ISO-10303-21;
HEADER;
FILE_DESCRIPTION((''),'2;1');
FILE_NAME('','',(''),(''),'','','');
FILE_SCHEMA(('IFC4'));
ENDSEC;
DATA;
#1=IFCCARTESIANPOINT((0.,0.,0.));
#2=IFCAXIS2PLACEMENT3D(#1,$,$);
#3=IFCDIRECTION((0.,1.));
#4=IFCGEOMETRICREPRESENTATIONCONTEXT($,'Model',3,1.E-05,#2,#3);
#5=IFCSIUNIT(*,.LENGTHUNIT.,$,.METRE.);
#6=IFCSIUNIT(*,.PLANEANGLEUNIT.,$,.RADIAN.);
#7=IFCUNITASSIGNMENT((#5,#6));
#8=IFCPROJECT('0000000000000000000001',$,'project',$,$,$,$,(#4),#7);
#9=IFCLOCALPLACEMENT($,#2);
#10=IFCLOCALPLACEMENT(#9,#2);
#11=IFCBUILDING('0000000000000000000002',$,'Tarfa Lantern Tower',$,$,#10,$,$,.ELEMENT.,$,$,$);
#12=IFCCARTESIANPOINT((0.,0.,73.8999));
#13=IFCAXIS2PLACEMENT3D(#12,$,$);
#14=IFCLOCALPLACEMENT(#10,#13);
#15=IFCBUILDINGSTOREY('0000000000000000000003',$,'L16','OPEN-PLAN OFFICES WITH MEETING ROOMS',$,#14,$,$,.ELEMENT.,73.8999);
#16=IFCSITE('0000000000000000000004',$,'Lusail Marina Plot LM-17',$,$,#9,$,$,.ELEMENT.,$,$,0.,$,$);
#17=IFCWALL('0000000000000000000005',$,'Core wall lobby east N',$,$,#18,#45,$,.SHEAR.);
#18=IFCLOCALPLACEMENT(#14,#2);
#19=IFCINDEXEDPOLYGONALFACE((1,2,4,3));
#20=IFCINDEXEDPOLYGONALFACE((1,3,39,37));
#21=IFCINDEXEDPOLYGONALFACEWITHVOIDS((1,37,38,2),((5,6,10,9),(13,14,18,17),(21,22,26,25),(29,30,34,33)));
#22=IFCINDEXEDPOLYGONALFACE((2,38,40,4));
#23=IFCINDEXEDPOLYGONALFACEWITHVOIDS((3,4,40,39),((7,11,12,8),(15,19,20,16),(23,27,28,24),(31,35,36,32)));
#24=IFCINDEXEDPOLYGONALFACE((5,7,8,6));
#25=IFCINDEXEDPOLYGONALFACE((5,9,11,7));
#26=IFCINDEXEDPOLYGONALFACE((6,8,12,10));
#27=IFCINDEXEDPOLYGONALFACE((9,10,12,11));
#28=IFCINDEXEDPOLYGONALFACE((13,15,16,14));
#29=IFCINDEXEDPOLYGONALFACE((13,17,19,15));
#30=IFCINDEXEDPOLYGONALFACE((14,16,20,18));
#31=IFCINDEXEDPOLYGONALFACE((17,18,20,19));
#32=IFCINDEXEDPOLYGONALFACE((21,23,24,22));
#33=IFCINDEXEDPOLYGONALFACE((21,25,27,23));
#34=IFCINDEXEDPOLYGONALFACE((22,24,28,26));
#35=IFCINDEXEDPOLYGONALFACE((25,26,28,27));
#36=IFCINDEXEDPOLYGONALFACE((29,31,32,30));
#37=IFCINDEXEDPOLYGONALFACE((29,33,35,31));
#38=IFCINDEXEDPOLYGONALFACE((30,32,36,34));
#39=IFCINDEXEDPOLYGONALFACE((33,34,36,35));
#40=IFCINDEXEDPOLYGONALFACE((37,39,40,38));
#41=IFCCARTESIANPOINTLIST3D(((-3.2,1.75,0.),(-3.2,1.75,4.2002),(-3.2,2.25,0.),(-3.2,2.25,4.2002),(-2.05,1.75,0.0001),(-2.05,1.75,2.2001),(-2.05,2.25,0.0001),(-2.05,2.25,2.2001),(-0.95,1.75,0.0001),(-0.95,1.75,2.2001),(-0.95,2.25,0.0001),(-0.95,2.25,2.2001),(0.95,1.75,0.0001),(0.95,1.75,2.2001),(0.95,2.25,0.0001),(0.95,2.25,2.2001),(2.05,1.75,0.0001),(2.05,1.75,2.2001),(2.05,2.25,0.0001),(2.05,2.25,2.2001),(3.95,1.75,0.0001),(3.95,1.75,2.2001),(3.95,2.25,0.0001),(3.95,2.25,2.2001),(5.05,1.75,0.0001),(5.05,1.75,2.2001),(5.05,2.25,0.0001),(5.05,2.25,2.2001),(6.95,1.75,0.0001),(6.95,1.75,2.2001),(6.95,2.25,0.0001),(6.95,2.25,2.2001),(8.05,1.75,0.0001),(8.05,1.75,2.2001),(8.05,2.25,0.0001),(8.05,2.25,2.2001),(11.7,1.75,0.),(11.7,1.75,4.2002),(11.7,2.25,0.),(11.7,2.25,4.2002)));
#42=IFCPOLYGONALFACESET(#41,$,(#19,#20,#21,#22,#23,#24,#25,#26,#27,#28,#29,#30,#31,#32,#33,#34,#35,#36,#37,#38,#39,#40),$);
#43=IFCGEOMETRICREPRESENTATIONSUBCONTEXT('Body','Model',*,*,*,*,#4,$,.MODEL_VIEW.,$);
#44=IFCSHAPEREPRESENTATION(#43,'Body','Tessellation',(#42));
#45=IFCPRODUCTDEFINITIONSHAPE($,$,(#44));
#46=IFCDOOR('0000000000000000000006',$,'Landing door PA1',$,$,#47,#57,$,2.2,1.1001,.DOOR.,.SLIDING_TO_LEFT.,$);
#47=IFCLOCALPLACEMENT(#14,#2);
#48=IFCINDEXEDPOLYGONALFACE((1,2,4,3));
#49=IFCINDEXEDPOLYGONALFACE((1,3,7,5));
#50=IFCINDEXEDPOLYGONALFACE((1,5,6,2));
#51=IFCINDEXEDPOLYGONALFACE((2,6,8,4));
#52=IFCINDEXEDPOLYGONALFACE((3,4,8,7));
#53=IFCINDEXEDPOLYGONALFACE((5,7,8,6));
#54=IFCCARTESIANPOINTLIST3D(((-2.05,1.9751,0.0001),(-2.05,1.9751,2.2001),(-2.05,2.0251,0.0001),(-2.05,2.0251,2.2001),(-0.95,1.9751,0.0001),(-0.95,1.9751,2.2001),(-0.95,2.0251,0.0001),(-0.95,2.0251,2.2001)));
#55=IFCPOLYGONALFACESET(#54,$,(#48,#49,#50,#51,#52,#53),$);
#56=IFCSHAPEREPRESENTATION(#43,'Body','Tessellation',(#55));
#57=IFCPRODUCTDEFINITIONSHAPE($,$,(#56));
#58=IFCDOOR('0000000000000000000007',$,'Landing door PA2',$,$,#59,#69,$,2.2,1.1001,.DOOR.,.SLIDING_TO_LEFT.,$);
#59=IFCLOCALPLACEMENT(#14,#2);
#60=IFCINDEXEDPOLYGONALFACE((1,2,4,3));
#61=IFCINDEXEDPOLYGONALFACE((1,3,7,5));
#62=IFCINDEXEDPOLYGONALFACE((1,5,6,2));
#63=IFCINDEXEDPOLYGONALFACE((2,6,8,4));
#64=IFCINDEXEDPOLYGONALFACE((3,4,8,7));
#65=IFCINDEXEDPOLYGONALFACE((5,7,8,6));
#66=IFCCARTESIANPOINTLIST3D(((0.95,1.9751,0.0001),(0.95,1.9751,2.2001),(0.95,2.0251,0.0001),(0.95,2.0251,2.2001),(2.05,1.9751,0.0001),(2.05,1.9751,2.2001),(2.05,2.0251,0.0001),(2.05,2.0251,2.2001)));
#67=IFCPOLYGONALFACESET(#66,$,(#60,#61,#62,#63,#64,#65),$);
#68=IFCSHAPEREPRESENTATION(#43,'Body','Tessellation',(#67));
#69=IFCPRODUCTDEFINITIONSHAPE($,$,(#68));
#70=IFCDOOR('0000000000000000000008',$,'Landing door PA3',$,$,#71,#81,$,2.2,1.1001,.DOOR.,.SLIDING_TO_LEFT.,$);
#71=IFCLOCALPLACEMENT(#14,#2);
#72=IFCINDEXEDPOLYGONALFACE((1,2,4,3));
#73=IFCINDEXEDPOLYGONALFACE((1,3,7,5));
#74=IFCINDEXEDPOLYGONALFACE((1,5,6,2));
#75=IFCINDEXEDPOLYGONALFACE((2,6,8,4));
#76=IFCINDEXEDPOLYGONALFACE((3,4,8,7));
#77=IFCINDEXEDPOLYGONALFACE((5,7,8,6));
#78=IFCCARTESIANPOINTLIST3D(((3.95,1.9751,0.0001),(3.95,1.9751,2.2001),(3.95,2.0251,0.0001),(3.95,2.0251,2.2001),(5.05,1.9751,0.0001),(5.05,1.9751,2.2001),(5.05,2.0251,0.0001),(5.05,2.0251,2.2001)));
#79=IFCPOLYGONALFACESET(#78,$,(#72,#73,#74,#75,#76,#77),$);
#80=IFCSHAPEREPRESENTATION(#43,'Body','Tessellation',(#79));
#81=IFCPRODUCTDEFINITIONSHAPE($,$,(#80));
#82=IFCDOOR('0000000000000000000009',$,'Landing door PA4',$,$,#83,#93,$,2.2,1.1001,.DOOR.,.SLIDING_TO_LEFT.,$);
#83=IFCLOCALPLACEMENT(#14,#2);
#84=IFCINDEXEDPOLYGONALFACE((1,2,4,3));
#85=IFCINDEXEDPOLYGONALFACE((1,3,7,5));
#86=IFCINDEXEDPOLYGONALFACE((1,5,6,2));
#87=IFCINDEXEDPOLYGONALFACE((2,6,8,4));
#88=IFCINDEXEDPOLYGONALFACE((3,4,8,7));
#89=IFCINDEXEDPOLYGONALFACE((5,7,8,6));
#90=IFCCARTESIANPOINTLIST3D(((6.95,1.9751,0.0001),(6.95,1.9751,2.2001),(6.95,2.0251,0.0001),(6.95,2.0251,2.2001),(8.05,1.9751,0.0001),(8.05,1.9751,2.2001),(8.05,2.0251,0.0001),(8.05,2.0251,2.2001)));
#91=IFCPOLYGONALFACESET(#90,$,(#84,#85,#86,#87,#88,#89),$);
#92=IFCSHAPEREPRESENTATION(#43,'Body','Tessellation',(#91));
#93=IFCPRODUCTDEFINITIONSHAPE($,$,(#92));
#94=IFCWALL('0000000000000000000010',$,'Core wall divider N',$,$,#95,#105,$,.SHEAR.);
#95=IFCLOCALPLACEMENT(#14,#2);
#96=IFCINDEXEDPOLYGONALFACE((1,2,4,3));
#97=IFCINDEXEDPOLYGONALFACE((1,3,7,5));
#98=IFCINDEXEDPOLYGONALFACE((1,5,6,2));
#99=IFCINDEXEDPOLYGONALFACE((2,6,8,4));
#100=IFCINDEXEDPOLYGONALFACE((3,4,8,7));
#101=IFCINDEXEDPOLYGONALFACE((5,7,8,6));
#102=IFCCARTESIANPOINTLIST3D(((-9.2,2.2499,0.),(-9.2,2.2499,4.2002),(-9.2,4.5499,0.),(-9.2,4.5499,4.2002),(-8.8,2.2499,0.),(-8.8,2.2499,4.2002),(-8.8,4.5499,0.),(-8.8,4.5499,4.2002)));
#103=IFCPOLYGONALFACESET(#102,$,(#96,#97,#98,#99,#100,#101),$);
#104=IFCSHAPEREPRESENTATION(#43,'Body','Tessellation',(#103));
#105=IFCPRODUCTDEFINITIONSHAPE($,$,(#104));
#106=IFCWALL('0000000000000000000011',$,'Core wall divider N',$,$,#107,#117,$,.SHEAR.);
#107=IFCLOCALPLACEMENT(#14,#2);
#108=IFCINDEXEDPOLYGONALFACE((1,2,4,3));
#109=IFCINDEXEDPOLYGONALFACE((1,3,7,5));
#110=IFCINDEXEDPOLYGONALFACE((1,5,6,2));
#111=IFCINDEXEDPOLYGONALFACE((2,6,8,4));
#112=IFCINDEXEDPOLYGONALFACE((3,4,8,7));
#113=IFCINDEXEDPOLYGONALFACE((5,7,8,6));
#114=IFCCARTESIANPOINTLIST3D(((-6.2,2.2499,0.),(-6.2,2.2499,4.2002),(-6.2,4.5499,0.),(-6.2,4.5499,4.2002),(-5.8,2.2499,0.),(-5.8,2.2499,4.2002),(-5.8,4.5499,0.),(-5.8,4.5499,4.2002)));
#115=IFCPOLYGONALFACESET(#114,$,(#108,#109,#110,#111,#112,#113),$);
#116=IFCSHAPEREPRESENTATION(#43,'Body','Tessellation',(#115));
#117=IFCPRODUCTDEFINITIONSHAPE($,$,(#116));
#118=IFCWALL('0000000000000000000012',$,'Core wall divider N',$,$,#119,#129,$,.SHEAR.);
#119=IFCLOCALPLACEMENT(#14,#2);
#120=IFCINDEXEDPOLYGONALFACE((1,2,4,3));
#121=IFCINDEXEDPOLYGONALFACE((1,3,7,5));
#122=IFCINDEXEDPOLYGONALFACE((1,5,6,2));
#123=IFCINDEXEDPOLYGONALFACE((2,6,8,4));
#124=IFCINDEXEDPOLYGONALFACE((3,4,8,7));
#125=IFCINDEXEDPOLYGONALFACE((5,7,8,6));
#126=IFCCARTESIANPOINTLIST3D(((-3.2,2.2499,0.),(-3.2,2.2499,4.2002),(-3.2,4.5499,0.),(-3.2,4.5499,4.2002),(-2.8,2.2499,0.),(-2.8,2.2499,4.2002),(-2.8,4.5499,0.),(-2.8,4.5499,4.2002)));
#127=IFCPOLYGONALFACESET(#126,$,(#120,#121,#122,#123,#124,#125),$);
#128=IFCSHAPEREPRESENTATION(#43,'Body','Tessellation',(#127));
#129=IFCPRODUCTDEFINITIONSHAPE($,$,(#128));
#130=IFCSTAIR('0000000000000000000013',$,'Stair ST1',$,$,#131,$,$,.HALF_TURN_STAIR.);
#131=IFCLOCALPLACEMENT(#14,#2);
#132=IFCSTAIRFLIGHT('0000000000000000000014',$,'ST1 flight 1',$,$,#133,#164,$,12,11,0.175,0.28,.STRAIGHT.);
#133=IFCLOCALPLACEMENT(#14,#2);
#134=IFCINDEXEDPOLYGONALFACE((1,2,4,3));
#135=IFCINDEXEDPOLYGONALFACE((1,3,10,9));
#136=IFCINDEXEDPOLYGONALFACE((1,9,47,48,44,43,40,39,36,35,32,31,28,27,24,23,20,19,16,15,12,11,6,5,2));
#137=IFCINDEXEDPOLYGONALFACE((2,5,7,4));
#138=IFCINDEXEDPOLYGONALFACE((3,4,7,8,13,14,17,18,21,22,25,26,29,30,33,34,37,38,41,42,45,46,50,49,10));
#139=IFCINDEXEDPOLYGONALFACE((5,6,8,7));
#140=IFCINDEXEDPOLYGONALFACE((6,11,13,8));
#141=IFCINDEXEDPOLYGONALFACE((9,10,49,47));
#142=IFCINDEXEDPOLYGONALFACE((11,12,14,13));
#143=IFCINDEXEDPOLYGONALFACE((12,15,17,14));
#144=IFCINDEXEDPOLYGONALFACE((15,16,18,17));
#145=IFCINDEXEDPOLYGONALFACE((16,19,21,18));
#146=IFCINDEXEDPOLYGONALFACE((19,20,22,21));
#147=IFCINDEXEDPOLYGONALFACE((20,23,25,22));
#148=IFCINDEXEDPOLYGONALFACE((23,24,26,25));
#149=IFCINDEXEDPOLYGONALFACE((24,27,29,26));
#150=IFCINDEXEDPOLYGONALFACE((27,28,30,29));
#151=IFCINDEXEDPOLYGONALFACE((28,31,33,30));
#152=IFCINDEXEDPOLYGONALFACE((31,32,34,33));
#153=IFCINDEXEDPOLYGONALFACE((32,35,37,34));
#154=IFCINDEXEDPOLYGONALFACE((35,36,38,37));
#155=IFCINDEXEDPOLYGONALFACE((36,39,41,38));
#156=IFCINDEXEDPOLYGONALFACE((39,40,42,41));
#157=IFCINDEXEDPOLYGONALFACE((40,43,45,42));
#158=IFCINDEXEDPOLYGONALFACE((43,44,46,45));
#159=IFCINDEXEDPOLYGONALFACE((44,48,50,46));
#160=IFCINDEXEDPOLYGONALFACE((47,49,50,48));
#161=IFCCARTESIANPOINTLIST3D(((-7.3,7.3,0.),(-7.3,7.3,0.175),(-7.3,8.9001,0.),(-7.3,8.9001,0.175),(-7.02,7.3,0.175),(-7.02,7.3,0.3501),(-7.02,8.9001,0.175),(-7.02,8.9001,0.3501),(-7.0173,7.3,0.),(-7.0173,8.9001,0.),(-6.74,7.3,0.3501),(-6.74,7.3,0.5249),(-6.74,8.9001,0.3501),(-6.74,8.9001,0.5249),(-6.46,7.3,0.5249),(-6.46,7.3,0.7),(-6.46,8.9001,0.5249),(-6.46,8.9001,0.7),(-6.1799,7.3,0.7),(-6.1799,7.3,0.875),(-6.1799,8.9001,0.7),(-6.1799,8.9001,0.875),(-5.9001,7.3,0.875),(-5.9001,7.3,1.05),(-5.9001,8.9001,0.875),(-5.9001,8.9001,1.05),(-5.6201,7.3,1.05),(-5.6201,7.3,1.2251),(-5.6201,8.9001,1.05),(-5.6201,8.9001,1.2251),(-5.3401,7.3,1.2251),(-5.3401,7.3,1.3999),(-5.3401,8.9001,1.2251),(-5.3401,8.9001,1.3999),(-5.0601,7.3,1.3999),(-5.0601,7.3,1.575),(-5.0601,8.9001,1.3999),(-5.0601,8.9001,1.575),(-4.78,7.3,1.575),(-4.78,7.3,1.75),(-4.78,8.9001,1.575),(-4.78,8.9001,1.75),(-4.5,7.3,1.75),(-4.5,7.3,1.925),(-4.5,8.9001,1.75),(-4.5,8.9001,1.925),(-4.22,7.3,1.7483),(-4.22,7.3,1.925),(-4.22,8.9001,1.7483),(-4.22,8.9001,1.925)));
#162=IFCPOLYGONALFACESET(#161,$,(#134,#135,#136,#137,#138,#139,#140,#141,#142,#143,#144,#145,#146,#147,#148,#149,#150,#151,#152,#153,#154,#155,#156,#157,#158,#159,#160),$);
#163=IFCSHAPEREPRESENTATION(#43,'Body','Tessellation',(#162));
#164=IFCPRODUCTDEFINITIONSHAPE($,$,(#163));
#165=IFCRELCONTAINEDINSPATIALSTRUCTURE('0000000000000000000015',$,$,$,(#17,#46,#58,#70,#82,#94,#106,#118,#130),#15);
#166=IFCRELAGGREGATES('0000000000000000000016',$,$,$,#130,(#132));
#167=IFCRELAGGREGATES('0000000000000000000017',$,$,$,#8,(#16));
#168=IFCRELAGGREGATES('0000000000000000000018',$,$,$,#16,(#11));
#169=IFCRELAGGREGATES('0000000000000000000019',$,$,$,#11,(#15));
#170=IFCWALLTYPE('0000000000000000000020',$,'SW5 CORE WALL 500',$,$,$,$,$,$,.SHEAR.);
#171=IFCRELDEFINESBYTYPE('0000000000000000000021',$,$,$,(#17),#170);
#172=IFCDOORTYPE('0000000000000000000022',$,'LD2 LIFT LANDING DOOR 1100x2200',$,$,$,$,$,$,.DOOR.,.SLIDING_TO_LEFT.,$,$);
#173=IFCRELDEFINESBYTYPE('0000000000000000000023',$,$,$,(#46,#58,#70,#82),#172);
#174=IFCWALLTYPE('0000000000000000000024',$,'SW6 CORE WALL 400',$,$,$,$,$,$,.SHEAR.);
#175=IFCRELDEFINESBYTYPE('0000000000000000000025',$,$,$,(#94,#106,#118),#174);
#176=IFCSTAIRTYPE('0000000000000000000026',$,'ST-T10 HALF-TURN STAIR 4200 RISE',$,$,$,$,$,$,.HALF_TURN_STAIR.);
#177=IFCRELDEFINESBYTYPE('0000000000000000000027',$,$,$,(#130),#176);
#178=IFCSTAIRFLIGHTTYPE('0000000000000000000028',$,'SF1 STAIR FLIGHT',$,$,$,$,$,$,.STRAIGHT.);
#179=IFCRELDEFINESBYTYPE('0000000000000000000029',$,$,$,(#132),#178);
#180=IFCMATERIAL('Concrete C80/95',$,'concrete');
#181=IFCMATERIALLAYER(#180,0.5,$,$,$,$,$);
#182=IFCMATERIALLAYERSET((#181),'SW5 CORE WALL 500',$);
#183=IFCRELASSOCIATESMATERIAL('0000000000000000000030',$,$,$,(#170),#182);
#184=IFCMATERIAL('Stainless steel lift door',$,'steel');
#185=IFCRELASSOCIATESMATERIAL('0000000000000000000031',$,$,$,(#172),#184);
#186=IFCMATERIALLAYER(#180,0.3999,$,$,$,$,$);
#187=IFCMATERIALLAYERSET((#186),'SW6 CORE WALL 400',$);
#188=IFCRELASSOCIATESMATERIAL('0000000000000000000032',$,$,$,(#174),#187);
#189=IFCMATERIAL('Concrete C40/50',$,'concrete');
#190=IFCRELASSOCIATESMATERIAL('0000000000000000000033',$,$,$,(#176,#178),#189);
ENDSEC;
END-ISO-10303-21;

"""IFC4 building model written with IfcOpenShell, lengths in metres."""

from ifc_helpers import new_model, si_unit, direction, frame, frame_2d, origin, place, context, subcontext, project, spatial, polyline, rectangle, outline, extrude, material, layer, layer_set, type_object, element, fill, aggregate, save


model = new_model("IFC4")

# Units and contexts
model_context = context("Model", 3, precision=1e-05, world=origin(), true_north=direction((0.0, 1.0)))
body_context = subcontext(model_context, "Body", "Model", "MODEL_VIEW")
ifc_project = project(units=[si_unit("LENGTHUNIT", "METRE"), si_unit("PLANEANGLEUNIT", "RADIAN")], contexts=[model_context])

# Site, building, storey
site_placement = place(None, origin())
site = spatial("IfcSite", under=ifc_project, at=site_placement, Name="Lusail Marina Plot LM-17", CompositionType="ELEMENT", RefElevation=0.0)
building_placement = place(site_placement, origin())
building = spatial("IfcBuilding", under=site, at=building_placement, Name="Tarfa Lantern Tower", CompositionType="ELEMENT")
storey_placement = place(building_placement, frame((0.0, 0.0, 73.8999)))
storey = spatial("IfcBuildingStorey", under=building, at=storey_placement, Name="L16", Description="OPEN-PLAN OFFICES WITH MEETING ROOMS", CompositionType="ELEMENT", Elevation=73.8999)

# Shared definitions
ifc_material_1 = material(Name="Concrete C80/95", Category="concrete")

# Wall, openings, doors
ifc_layer_1 = layer(ifc_material_1, 0.5)
ifc_layer_set_1 = layer_set([ifc_layer_1], Name="SW5 CORE WALL 500")
wall_type_1 = type_object("IfcWallType", Name="SW5 CORE WALL 500", PredefinedType="SHEAR", material=ifc_layer_set_1)
wall_1_placement = place(storey_placement, frame((-3.2, 2.0, 0.0), z_axis=(0.0, 0.0, 1.0), x_axis=(1.0, 0.0, 0.0)))
wall_1 = element("IfcWall", 1, at=wall_1_placement, inside=storey, type_object=wall_type_1, Name="Core wall lobby east N", PredefinedType="SHEAR", context=body_context, shape_type="SweptSolid", body=[
    extrude(rectangle(XDim=14.8999, YDim=0.5, at=frame_2d((7.45, 0.0))), origin(), (0.0, 0.0, 1.0), 4.2002),
])
opening_1_placement = place(wall_1_placement, frame((1.1499, 0.0, 0.0)))
opening_1 = element("IfcOpeningElement", 2, at=opening_1_placement, cuts=wall_1, PredefinedType="OPENING", context=body_context, shape_type="SweptSolid", body=[
    extrude(rectangle(XDim=1.1001, YDim=2.2, at=frame_2d((0.55, 1.1001))), frame((0.0, 0.26, 0.0), z_axis=(0.0, -1.0, 0.0), x_axis=(1.0, 0.0, 0.0)), (0.0, 0.0, 1.0), 0.52),
])
opening_2_placement = place(wall_1_placement, frame((4.1499, 0.0, 0.0)))
opening_2 = element("IfcOpeningElement", 3, at=opening_2_placement, cuts=wall_1, PredefinedType="OPENING", context=body_context, shape_type="SweptSolid", body=[
    extrude(rectangle(XDim=1.1001, YDim=2.2, at=frame_2d((0.55, 1.1001))), frame((0.0, 0.26, 0.0), z_axis=(0.0, -1.0, 0.0), x_axis=(1.0, 0.0, 0.0)), (0.0, 0.0, 1.0), 0.52),
])
opening_3_placement = place(wall_1_placement, frame((7.1499, 0.0, 0.0)))
opening_3 = element("IfcOpeningElement", 4, at=opening_3_placement, cuts=wall_1, PredefinedType="OPENING", context=body_context, shape_type="SweptSolid", body=[
    extrude(rectangle(XDim=1.1001, YDim=2.2, at=frame_2d((0.55, 1.1001))), frame((0.0, 0.26, 0.0), z_axis=(0.0, -1.0, 0.0), x_axis=(1.0, 0.0, 0.0)), (0.0, 0.0, 1.0), 0.52),
])
opening_4_placement = place(wall_1_placement, frame((10.1499, 0.0, 0.0)))
opening_4 = element("IfcOpeningElement", 5, at=opening_4_placement, cuts=wall_1, PredefinedType="OPENING", context=body_context, shape_type="SweptSolid", body=[
    extrude(rectangle(XDim=1.1001, YDim=2.2, at=frame_2d((0.55, 1.1001))), frame((0.0, 0.26, 0.0), z_axis=(0.0, -1.0, 0.0), x_axis=(1.0, 0.0, 0.0)), (0.0, 0.0, 1.0), 0.52),
])
ifc_material_2 = material(Name="Stainless steel lift door", Category="steel")
door_type_1 = type_object("IfcDoorType", Name="LD2 LIFT LANDING DOOR 1100x2200", OperationType="SLIDING_TO_LEFT", PredefinedType="DOOR", material=ifc_material_2)
door_1_placement = place(opening_1_placement, frame((1.1001, 0.0, 0.0), z_axis=(0.0, 0.0, 1.0), x_axis=(-1.0, 0.0, 0.0)))
door_1 = element("IfcDoor", 6, at=door_1_placement, inside=storey, type_object=door_type_1, Name="Landing door PA1", OperationType="SLIDING_TO_LEFT", OverallHeight=2.2, OverallWidth=1.1001, PredefinedType="DOOR", context=body_context, shape_type="SweptSolid", body=[
    extrude(rectangle(XDim=1.1001, YDim=2.2, at=frame_2d((0.55, 1.1001))), frame((0.0, 0.0249, 0.0), z_axis=(0.0, -1.0, 0.0), x_axis=(1.0, 0.0, 0.0)), (0.0, 0.0, 1.0), 0.05),
])
fill(opening_1, door_1)
door_2_placement = place(opening_2_placement, frame((1.1001, 0.0, 0.0), z_axis=(0.0, 0.0, 1.0), x_axis=(-1.0, 0.0, 0.0)))
door_2 = element("IfcDoor", 7, at=door_2_placement, inside=storey, type_object=door_type_1, Name="Landing door PA2", OperationType="SLIDING_TO_LEFT", OverallHeight=2.2, OverallWidth=1.1001, PredefinedType="DOOR", context=body_context, shape_type="SweptSolid", body=[
    extrude(rectangle(XDim=1.1001, YDim=2.2, at=frame_2d((0.55, 1.1001))), frame((0.0, 0.0249, 0.0), z_axis=(0.0, -1.0, 0.0), x_axis=(1.0, 0.0, 0.0)), (0.0, 0.0, 1.0), 0.05),
])
fill(opening_2, door_2)
door_3_placement = place(opening_3_placement, frame((1.1001, 0.0, 0.0), z_axis=(0.0, 0.0, 1.0), x_axis=(-1.0, 0.0, 0.0)))
door_3 = element("IfcDoor", 8, at=door_3_placement, inside=storey, type_object=door_type_1, Name="Landing door PA3", OperationType="SLIDING_TO_LEFT", OverallHeight=2.2, OverallWidth=1.1001, PredefinedType="DOOR", context=body_context, shape_type="SweptSolid", body=[
    extrude(rectangle(XDim=1.1001, YDim=2.2, at=frame_2d((0.55, 1.1001))), frame((0.0, 0.0249, 0.0), z_axis=(0.0, -1.0, 0.0), x_axis=(1.0, 0.0, 0.0)), (0.0, 0.0, 1.0), 0.05),
])
fill(opening_3, door_3)
door_4_placement = place(opening_4_placement, frame((1.1001, 0.0, 0.0), z_axis=(0.0, 0.0, 1.0), x_axis=(-1.0, 0.0, 0.0)))
door_4 = element("IfcDoor", 9, at=door_4_placement, inside=storey, type_object=door_type_1, Name="Landing door PA4", OperationType="SLIDING_TO_LEFT", OverallHeight=2.2, OverallWidth=1.1001, PredefinedType="DOOR", context=body_context, shape_type="SweptSolid", body=[
    extrude(rectangle(XDim=1.1001, YDim=2.2, at=frame_2d((0.55, 1.1001))), frame((0.0, 0.0249, 0.0), z_axis=(0.0, -1.0, 0.0), x_axis=(1.0, 0.0, 0.0)), (0.0, 0.0, 1.0), 0.05),
])
fill(opening_4, door_4)

# Walls
ifc_layer_2 = layer(ifc_material_1, 0.3999)
ifc_layer_set_2 = layer_set([ifc_layer_2], Name="SW6 CORE WALL 400")
wall_type_2 = type_object("IfcWallType", Name="SW6 CORE WALL 400", PredefinedType="SHEAR", material=ifc_layer_set_2)
for number, where, z_axis, x_axis, name in (
    (10, (-9.0, 2.25, 0.0), (0.0, 0.0, 1.0), (0.0, 1.0, 0.0), "Core wall divider N"),
    (11, (-6.0, 2.25, 0.0), (0.0, 0.0, 1.0), (0.0, 1.0, 0.0), "Core wall divider N"),
    (12, (-3.0, 2.25, 0.0), (0.0, 0.0, 1.0), (0.0, 1.0, 0.0), "Core wall divider N"),
):
    element("IfcWall", number, at=place(storey_placement, frame(where, z_axis=z_axis, x_axis=x_axis)), inside=storey, type_object=wall_type_2, Name=name, PredefinedType="SHEAR", context=body_context, shape_type="SweptSolid", body=[
        extrude(rectangle(XDim=2.3, YDim=0.3999, at=frame_2d((1.1499, 0.0))), origin(), (0.0, 0.0, 1.0), 4.2002),
    ])

# Stair, stair flight
ifc_material_3 = material(Name="Concrete C40/50", Category="concrete")
stair_type = type_object("IfcStairType", Name="ST-T10 HALF-TURN STAIR 4200 RISE", PredefinedType="HALF_TURN_STAIR", material=ifc_material_3)
stair_placement = place(storey_placement, origin())
stair = element("IfcStair", 13, at=stair_placement, inside=storey, type_object=stair_type, Name="Stair ST1", PredefinedType="HALF_TURN_STAIR")
stair_flight_type = type_object("IfcStairFlightType", Name="SF1 STAIR FLIGHT", PredefinedType="STRAIGHT", material=ifc_material_3)
stair_flight_1_placement = place(storey_placement, frame((-7.3, 8.1001, 0.0), z_axis=(0.0, 0.0, 1.0), x_axis=(1.0, 0.0, 0.0)))
stair_flight_1 = element("IfcStairFlight", 14, at=stair_flight_1_placement, type_object=stair_flight_type, Name="ST1 flight 1", NumberOfRisers=12, NumberOfTreads=11, PredefinedType="STRAIGHT", RiserHeight=0.175, TreadLength=0.28, context=body_context, shape_type="SweptSolid", body=[
    extrude(outline(polyline([(0.0, 0.0), (0.0, 0.175), (0.28, 0.175), (0.28, 0.3501), (0.5601, 0.3501), (0.5601, 0.5249), (0.8401, 0.5249), (0.8401, 0.7), (1.1201, 0.7), (1.1201, 0.875), (1.3999, 0.875), (1.3999, 1.05), (1.6799, 1.05), (1.6799, 1.2251), (1.96, 1.2251), (1.96, 1.3999), (2.24, 1.3999), (2.24, 1.575), (2.52, 1.575), (2.52, 1.75), (2.8, 1.75), (2.8, 1.925), (3.0801, 1.925), (3.0801, 2.1001), (3.0801, 1.7483), (0.2827, 0.0), (0.0, 0.0)])), frame((0.0, 0.8, 0.0), z_axis=(0.0, -1.0, 0.0), x_axis=(1.0, 0.0, 0.0)), (0.0, 0.0, 1.0), 1.6001),
])
aggregate(stair, [stair_flight_1])

save(model, "model.ifc")
